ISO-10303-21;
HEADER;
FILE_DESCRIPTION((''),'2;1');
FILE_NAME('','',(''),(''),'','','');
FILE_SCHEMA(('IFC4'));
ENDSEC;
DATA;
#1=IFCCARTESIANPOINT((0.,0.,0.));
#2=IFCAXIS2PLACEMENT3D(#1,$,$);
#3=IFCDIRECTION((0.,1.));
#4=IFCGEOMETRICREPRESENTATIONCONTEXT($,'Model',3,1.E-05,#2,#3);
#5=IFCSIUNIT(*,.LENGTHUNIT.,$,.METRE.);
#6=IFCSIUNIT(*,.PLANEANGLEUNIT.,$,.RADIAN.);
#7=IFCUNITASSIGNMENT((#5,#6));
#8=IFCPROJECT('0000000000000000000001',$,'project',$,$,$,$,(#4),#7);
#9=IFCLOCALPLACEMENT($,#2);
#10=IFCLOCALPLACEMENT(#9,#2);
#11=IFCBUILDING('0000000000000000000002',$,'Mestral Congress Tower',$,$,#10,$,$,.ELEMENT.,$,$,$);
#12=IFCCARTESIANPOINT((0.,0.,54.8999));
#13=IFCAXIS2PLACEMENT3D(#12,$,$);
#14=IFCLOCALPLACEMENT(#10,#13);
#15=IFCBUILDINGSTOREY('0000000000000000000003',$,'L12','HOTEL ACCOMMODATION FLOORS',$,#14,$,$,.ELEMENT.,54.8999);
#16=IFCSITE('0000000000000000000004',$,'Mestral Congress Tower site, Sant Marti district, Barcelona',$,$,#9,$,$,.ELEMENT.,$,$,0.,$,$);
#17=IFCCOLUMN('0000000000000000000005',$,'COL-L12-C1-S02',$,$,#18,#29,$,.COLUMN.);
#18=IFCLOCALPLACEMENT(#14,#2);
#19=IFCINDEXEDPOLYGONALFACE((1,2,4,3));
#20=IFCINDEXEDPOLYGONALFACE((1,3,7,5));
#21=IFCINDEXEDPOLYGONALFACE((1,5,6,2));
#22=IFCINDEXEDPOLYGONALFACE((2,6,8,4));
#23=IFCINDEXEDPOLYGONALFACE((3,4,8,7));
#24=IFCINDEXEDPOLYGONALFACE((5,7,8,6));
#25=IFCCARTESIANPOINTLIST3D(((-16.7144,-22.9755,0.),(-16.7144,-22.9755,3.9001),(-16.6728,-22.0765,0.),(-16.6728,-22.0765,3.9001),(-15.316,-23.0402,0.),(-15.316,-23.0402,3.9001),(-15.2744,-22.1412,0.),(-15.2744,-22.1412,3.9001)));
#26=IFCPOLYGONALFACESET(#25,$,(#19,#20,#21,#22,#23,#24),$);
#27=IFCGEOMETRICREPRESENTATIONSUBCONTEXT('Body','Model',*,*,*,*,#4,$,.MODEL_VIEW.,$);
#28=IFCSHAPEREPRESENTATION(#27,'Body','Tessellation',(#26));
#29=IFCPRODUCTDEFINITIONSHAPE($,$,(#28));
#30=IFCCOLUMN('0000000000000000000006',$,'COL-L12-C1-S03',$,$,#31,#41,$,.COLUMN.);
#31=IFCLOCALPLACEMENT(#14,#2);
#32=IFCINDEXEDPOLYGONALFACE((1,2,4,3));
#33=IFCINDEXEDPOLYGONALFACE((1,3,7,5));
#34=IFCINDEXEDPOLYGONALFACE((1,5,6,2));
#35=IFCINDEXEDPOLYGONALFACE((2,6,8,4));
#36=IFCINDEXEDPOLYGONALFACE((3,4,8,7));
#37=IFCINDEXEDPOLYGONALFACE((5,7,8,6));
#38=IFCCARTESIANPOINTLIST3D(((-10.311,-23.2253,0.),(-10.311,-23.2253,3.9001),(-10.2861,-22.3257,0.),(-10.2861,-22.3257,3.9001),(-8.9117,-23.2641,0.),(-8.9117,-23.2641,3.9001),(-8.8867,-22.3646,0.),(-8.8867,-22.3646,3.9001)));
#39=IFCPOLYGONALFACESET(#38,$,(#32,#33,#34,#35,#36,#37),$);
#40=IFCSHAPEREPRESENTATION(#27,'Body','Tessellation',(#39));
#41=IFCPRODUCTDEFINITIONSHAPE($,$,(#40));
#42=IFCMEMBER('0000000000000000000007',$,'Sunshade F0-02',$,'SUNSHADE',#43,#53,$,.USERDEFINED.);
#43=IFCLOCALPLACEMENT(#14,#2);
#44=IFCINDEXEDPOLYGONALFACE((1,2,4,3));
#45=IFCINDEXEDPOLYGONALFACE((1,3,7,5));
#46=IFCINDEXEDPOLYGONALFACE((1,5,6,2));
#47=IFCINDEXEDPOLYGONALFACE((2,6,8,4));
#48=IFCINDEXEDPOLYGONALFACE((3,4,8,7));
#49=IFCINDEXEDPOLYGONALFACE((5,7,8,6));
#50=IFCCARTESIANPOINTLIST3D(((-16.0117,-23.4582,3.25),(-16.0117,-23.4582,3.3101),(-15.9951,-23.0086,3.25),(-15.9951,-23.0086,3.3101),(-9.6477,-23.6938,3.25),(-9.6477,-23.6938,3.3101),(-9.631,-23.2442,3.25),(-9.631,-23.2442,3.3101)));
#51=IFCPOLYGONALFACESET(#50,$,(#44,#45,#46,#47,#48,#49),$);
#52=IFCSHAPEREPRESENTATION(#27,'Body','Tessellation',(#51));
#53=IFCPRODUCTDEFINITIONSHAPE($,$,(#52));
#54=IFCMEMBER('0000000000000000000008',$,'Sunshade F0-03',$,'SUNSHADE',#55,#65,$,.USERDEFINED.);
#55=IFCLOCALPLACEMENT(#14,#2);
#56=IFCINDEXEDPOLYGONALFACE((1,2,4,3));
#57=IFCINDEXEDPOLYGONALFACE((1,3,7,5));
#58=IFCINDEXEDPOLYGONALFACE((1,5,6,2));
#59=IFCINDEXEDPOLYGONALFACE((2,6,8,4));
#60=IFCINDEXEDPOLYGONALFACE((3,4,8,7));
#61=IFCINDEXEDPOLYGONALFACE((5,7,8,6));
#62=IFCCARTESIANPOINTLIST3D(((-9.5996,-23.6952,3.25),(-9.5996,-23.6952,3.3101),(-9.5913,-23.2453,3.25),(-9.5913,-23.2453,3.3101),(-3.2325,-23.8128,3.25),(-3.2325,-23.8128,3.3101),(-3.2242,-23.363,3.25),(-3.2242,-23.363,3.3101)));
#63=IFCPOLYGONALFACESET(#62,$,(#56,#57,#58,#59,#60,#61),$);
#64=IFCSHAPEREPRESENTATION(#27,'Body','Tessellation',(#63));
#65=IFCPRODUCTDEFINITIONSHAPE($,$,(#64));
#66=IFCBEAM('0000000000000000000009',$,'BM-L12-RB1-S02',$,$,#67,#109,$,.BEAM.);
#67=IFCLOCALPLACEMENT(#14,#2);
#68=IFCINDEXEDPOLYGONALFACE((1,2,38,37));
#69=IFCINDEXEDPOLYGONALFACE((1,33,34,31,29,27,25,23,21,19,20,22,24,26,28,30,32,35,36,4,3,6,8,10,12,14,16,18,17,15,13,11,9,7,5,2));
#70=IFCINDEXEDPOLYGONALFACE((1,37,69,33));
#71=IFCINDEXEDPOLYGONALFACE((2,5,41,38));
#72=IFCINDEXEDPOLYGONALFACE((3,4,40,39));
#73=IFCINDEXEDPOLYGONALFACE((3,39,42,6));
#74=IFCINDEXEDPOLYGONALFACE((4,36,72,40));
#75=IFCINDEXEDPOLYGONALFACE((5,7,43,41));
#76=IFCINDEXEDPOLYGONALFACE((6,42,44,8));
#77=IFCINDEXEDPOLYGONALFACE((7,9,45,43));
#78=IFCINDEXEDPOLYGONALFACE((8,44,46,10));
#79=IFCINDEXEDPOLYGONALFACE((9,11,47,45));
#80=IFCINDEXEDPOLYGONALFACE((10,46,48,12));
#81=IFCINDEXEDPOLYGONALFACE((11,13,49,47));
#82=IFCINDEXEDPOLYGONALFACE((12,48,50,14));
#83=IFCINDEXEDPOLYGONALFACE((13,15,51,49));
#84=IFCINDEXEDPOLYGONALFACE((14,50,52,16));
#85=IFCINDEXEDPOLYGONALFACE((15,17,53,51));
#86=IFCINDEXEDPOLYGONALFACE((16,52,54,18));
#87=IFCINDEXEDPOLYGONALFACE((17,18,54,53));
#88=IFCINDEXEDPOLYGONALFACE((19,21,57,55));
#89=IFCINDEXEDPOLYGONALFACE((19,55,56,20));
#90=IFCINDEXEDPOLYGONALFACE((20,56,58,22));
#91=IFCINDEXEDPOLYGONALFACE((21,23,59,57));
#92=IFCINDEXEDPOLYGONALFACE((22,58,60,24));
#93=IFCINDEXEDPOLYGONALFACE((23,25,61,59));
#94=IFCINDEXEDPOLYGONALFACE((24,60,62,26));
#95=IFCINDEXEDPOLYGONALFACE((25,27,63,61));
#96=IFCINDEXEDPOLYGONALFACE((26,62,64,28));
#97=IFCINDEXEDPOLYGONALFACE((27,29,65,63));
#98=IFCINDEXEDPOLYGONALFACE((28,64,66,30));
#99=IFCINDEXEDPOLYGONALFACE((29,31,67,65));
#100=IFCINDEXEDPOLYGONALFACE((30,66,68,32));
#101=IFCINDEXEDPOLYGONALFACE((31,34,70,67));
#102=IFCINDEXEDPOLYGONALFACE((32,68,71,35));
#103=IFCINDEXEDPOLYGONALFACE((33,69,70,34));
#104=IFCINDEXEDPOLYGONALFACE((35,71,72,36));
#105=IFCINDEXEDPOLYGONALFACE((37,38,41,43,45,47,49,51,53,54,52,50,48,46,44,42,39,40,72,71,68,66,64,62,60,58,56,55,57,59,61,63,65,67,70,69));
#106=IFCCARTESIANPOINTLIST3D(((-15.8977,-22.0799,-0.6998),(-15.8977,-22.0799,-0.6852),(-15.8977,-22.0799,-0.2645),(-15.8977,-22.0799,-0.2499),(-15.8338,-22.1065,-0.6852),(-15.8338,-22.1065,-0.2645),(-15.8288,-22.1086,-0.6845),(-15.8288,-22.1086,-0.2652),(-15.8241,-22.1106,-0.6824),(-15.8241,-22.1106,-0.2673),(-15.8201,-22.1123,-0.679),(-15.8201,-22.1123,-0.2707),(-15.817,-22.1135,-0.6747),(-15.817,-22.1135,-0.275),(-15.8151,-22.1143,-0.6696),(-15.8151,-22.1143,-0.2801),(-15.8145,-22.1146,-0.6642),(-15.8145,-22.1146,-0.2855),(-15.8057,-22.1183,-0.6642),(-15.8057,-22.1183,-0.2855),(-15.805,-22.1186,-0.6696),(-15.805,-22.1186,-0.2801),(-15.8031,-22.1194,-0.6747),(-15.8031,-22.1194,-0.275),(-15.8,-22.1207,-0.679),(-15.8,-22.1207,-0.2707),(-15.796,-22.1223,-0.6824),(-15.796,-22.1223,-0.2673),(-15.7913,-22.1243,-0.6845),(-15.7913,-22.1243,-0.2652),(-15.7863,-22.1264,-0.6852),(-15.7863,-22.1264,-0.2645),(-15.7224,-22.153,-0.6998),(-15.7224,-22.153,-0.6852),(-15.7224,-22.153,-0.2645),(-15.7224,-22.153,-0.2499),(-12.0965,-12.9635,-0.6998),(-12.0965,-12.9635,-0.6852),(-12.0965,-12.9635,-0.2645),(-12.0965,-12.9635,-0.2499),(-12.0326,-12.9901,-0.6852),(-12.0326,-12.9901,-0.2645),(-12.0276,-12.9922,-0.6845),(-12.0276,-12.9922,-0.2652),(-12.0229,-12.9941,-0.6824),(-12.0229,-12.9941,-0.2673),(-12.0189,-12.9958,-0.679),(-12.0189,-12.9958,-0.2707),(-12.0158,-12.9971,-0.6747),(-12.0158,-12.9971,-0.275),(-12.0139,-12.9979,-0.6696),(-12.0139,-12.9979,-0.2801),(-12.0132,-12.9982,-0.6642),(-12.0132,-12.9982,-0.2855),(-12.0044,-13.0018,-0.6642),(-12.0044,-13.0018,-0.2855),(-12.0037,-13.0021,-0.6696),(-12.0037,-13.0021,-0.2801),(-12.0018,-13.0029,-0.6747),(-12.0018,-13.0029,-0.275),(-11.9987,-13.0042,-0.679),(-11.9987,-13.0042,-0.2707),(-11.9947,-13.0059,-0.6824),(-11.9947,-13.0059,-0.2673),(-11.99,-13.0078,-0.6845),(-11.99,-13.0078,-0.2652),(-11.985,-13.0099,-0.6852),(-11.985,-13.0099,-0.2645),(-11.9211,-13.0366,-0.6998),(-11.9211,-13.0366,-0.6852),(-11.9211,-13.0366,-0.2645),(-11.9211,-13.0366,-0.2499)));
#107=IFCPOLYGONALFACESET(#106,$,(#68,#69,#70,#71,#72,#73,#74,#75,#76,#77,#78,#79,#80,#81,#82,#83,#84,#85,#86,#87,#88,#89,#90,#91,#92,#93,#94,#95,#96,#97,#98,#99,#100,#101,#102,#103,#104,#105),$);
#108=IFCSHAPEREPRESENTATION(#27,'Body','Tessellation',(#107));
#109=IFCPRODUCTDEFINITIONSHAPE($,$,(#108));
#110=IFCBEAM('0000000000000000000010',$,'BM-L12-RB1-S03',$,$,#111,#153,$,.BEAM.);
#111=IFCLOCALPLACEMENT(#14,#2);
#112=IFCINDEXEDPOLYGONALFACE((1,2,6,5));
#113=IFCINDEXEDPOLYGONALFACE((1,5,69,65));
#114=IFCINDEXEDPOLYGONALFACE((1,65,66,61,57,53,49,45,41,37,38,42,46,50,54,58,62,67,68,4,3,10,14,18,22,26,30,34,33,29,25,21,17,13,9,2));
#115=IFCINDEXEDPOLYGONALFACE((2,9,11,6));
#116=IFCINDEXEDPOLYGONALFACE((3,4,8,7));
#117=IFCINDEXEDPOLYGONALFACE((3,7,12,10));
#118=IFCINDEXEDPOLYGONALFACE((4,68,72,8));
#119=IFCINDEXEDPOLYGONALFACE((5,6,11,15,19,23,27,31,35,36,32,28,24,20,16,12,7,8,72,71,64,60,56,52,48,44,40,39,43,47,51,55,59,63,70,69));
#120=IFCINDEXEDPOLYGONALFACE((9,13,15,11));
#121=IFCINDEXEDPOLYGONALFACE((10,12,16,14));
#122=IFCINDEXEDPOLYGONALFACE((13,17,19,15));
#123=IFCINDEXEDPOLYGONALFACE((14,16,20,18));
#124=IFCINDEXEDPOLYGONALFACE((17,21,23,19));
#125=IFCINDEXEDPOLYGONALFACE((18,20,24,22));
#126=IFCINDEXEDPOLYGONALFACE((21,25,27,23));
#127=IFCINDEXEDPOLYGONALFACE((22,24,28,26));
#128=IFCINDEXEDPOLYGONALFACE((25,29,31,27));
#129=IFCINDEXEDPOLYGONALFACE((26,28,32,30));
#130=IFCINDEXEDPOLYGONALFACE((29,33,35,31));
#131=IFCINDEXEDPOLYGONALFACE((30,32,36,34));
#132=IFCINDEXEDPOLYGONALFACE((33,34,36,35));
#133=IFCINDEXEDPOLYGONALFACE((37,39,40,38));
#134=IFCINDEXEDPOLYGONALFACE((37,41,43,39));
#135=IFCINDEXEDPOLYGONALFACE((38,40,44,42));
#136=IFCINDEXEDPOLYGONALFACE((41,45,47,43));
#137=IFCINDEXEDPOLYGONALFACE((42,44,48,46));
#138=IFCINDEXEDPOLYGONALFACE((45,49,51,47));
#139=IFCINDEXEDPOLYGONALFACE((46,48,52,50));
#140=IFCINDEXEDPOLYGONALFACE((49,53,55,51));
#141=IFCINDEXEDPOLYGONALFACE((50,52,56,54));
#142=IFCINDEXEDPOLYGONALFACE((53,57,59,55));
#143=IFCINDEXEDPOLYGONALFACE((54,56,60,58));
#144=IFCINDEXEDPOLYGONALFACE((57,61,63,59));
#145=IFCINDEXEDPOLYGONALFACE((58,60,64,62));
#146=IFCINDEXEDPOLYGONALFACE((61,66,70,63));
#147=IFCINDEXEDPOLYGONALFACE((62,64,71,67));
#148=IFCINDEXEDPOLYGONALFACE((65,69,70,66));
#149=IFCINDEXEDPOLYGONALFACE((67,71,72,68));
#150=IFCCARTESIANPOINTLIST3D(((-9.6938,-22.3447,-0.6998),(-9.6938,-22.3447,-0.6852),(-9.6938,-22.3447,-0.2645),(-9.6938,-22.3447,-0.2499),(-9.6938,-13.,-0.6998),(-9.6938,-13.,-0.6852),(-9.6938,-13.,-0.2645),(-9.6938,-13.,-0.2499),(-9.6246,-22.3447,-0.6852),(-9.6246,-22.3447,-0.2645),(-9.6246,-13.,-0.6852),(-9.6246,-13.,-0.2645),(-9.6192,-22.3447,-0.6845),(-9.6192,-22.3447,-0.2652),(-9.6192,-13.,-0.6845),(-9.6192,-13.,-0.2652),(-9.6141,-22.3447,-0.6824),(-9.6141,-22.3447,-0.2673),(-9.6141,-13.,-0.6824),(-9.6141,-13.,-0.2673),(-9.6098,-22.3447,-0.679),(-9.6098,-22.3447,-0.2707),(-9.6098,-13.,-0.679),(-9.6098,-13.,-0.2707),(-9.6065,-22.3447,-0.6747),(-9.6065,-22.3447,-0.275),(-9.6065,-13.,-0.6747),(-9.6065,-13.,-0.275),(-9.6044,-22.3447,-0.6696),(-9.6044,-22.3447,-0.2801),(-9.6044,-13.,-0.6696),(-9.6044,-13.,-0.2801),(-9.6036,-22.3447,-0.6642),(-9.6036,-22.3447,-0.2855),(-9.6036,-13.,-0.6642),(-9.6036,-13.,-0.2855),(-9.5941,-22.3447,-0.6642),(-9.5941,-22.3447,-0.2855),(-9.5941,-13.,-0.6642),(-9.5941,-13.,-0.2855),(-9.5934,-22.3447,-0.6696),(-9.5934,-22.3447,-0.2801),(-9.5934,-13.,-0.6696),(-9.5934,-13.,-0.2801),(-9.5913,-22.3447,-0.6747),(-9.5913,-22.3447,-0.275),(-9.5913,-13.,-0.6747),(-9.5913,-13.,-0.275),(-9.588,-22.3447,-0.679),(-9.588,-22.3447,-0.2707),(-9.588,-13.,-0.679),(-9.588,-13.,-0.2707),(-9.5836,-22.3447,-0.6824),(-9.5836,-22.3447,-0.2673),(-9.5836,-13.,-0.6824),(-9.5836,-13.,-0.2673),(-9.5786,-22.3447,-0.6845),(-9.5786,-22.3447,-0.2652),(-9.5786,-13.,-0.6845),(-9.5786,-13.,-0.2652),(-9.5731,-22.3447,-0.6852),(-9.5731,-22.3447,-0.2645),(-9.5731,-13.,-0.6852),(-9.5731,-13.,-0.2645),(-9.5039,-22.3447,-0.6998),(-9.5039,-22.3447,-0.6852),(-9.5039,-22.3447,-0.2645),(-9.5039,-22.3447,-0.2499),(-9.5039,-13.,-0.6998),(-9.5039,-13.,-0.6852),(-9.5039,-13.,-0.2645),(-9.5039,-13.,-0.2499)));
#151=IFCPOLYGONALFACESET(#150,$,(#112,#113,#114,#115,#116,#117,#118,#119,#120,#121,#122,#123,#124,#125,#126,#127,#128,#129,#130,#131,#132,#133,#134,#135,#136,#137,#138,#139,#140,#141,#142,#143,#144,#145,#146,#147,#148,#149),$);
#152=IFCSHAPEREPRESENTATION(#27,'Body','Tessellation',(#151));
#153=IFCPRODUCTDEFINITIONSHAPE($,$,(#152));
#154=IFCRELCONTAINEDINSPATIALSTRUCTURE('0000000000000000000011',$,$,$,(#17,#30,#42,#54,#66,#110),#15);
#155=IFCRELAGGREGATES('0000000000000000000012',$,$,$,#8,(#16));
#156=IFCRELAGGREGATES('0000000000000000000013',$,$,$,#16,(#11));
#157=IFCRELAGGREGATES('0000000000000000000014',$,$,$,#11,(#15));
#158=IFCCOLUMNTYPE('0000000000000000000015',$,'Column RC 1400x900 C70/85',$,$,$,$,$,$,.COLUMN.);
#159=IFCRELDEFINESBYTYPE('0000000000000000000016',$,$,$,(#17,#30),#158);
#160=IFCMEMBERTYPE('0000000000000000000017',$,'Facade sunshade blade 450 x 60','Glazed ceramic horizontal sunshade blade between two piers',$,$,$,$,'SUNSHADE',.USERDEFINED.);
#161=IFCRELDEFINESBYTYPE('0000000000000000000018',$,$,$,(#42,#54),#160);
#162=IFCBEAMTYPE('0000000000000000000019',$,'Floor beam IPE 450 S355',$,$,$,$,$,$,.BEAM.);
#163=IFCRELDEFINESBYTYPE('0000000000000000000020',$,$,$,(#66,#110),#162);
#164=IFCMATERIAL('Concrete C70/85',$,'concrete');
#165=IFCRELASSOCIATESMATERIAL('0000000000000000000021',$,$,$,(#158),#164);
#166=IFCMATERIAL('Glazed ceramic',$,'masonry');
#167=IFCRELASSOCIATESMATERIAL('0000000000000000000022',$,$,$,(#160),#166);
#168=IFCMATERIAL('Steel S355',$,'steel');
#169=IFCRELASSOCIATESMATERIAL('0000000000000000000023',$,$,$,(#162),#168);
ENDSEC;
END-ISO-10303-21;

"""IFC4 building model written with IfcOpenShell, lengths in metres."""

from ifc_helpers import new_model, si_unit, direction, frame, origin, origin_2d, place, context, subcontext, project, spatial, rectangle, i_section, extrude, material, material_profile, profile_set, type_object, element, save


model = new_model("IFC4")

# Units and contexts
model_context = context("Model", 3, precision=1e-05, world=origin(), true_north=direction((0.0, 1.0)))
body_context = subcontext(model_context, "Body", "Model", "MODEL_VIEW")
ifc_project = project(units=[si_unit("LENGTHUNIT", "METRE"), si_unit("PLANEANGLEUNIT", "RADIAN")], contexts=[model_context])

# Site, building, storey
site_placement = place(None, origin())
site = spatial("IfcSite", under=ifc_project, at=site_placement, Name="Mestral Congress Tower site, Sant Marti district, Barcelona", CompositionType="ELEMENT", RefElevation=0.0)
building_placement = place(site_placement, origin())
building = spatial("IfcBuilding", under=site, at=building_placement, Name="Mestral Congress Tower", CompositionType="ELEMENT")
storey_placement = place(building_placement, frame((0.0, 0.0, 54.8999)))
storey = spatial("IfcBuildingStorey", under=building, at=storey_placement, Name="L12", Description="HOTEL ACCOMMODATION FLOORS", CompositionType="ELEMENT", Elevation=54.8999)

# Columns
ifc_material_1 = material(Name="Concrete C70/85", Category="concrete")
ifc_material_profile_1 = material_profile(ifc_material_1, rectangle(XDim=1.3999, YDim=0.8999, at=origin_2d()), Name="RC 1400x900")
ifc_profile_set_1 = profile_set([ifc_material_profile_1], Name="Concrete C70/85")
column_type = type_object("IfcColumnType", Name="Column RC 1400x900 C70/85", PredefinedType="COLUMN", material=ifc_profile_set_1)
for number, where, z_axis, x_axis, name in (
    (1, (-15.9944, -22.5583, 0.0), (0.0, 0.0, 1.0), (0.998932, -0.0462, 0.0), "COL-L12-C1-S02"),
    (2, (-9.5989, -22.7949, 0.0), (0.0, 0.0, 1.0), (0.999616, -0.027726, 0.0), "COL-L12-C1-S03"),
):
    element("IfcColumn", number, at=place(storey_placement, frame(where, z_axis=z_axis, x_axis=x_axis)), inside=storey, type_object=column_type, Name=name, PredefinedType="COLUMN", context=body_context, shape_type="SweptSolid", body=[
        extrude(rectangle(XDim=1.3999, YDim=0.8999, at=origin_2d()), origin(), (0.0, 0.0, 1.0), 3.9001),
    ])

# Members
ifc_material_2 = material(Name="Glazed ceramic", Category="masonry")
ifc_material_profile_2 = material_profile(ifc_material_2, rectangle(XDim=0.45, YDim=0.0601, at=origin_2d()), Name="Ceramic blade 450 x 60")
ifc_profile_set_2 = profile_set([ifc_material_profile_2], Name="Glazed ceramic")
member_type = type_object("IfcMemberType", Name="Facade sunshade blade 450 x 60", Description="Glazed ceramic horizontal sunshade blade between two piers", ElementType="SUNSHADE", PredefinedType="USERDEFINED", material=ifc_profile_set_2)
member_1_placement = place(storey_placement, frame((-16.0034, -23.2334, 3.28), z_axis=(0.999315, -0.036995, 0.0), x_axis=(0.036995, 0.999315, 0.0)))
element("IfcMember", 3, at=member_1_placement, inside=storey, type_object=member_type, Name="Sunshade F0-02", ObjectType="SUNSHADE", PredefinedType="USERDEFINED", context=body_context, shape_type="SweptSolid", body=[
    extrude(rectangle(XDim=0.45, YDim=0.0601, at=origin_2d()), origin(), (0.0, 0.0, 1.0), 6.3684),
])
member_2_placement = place(storey_placement, frame((-9.5955, -23.4702, 3.28), z_axis=(0.999829, -0.018478, 0.0), x_axis=(0.018478, 0.999829, 0.0)))
element("IfcMember", 4, at=member_2_placement, inside=storey, type_object=member_type, Name="Sunshade F0-03", ObjectType="SUNSHADE", PredefinedType="USERDEFINED", context=body_context, shape_type="SweptSolid", body=[
    extrude(rectangle(XDim=0.45, YDim=0.0601, at=origin_2d()), origin(), (0.0, 0.0, 1.0), 6.3682),
])

# Beams
ifc_material_3 = material(Name="Steel S355", Category="steel")
ifc_material_profile_3 = material_profile(ifc_material_3, i_section(OverallWidth=0.1899, OverallDepth=0.45, WebThickness=0.0095, FlangeThickness=0.0146, FilletRadius=0.021, at=origin_2d()), Name="IPE 450")
ifc_profile_set_3 = profile_set([ifc_material_profile_3], Name="Steel S355")
beam_type_1 = type_object("IfcBeamType", Name="Floor beam IPE 450 S355", PredefinedType="BEAM", material=ifc_profile_set_3)
beam_1_placement = place(storey_placement, frame((-15.8101, -22.1165, -0.4749), z_axis=(0.384852, 0.922978, 0.0), x_axis=(-0.922978, 0.384852, 0.0)))
element("IfcBeam", 5, at=beam_1_placement, inside=storey, type_object=beam_type_1, Name="BM-L12-RB1-S02", PredefinedType="BEAM", context=body_context, shape_type="SweptSolid", body=[
    extrude(i_section(OverallWidth=0.1899, OverallDepth=0.45, WebThickness=0.0095, FlangeThickness=0.0146, FilletRadius=0.021, at=origin_2d()), origin(), (0.0, 0.0, 1.0), 9.8772),
])
beam_2_placement = place(storey_placement, frame((-9.5989, -22.3447, -0.4749), z_axis=(0.0, 1.0, 0.0), x_axis=(-1.0, 0.0, 0.0)))
element("IfcBeam", 6, at=beam_2_placement, inside=storey, type_object=beam_type_1, Name="BM-L12-RB1-S03", PredefinedType="BEAM", context=body_context, shape_type="SweptSolid", body=[
    extrude(i_section(OverallWidth=0.1899, OverallDepth=0.45, WebThickness=0.0095, FlangeThickness=0.0146, FilletRadius=0.021, at=origin_2d()), origin(), (0.0, 0.0, 1.0), 9.3447),
])

save(model, "model.ifc")
